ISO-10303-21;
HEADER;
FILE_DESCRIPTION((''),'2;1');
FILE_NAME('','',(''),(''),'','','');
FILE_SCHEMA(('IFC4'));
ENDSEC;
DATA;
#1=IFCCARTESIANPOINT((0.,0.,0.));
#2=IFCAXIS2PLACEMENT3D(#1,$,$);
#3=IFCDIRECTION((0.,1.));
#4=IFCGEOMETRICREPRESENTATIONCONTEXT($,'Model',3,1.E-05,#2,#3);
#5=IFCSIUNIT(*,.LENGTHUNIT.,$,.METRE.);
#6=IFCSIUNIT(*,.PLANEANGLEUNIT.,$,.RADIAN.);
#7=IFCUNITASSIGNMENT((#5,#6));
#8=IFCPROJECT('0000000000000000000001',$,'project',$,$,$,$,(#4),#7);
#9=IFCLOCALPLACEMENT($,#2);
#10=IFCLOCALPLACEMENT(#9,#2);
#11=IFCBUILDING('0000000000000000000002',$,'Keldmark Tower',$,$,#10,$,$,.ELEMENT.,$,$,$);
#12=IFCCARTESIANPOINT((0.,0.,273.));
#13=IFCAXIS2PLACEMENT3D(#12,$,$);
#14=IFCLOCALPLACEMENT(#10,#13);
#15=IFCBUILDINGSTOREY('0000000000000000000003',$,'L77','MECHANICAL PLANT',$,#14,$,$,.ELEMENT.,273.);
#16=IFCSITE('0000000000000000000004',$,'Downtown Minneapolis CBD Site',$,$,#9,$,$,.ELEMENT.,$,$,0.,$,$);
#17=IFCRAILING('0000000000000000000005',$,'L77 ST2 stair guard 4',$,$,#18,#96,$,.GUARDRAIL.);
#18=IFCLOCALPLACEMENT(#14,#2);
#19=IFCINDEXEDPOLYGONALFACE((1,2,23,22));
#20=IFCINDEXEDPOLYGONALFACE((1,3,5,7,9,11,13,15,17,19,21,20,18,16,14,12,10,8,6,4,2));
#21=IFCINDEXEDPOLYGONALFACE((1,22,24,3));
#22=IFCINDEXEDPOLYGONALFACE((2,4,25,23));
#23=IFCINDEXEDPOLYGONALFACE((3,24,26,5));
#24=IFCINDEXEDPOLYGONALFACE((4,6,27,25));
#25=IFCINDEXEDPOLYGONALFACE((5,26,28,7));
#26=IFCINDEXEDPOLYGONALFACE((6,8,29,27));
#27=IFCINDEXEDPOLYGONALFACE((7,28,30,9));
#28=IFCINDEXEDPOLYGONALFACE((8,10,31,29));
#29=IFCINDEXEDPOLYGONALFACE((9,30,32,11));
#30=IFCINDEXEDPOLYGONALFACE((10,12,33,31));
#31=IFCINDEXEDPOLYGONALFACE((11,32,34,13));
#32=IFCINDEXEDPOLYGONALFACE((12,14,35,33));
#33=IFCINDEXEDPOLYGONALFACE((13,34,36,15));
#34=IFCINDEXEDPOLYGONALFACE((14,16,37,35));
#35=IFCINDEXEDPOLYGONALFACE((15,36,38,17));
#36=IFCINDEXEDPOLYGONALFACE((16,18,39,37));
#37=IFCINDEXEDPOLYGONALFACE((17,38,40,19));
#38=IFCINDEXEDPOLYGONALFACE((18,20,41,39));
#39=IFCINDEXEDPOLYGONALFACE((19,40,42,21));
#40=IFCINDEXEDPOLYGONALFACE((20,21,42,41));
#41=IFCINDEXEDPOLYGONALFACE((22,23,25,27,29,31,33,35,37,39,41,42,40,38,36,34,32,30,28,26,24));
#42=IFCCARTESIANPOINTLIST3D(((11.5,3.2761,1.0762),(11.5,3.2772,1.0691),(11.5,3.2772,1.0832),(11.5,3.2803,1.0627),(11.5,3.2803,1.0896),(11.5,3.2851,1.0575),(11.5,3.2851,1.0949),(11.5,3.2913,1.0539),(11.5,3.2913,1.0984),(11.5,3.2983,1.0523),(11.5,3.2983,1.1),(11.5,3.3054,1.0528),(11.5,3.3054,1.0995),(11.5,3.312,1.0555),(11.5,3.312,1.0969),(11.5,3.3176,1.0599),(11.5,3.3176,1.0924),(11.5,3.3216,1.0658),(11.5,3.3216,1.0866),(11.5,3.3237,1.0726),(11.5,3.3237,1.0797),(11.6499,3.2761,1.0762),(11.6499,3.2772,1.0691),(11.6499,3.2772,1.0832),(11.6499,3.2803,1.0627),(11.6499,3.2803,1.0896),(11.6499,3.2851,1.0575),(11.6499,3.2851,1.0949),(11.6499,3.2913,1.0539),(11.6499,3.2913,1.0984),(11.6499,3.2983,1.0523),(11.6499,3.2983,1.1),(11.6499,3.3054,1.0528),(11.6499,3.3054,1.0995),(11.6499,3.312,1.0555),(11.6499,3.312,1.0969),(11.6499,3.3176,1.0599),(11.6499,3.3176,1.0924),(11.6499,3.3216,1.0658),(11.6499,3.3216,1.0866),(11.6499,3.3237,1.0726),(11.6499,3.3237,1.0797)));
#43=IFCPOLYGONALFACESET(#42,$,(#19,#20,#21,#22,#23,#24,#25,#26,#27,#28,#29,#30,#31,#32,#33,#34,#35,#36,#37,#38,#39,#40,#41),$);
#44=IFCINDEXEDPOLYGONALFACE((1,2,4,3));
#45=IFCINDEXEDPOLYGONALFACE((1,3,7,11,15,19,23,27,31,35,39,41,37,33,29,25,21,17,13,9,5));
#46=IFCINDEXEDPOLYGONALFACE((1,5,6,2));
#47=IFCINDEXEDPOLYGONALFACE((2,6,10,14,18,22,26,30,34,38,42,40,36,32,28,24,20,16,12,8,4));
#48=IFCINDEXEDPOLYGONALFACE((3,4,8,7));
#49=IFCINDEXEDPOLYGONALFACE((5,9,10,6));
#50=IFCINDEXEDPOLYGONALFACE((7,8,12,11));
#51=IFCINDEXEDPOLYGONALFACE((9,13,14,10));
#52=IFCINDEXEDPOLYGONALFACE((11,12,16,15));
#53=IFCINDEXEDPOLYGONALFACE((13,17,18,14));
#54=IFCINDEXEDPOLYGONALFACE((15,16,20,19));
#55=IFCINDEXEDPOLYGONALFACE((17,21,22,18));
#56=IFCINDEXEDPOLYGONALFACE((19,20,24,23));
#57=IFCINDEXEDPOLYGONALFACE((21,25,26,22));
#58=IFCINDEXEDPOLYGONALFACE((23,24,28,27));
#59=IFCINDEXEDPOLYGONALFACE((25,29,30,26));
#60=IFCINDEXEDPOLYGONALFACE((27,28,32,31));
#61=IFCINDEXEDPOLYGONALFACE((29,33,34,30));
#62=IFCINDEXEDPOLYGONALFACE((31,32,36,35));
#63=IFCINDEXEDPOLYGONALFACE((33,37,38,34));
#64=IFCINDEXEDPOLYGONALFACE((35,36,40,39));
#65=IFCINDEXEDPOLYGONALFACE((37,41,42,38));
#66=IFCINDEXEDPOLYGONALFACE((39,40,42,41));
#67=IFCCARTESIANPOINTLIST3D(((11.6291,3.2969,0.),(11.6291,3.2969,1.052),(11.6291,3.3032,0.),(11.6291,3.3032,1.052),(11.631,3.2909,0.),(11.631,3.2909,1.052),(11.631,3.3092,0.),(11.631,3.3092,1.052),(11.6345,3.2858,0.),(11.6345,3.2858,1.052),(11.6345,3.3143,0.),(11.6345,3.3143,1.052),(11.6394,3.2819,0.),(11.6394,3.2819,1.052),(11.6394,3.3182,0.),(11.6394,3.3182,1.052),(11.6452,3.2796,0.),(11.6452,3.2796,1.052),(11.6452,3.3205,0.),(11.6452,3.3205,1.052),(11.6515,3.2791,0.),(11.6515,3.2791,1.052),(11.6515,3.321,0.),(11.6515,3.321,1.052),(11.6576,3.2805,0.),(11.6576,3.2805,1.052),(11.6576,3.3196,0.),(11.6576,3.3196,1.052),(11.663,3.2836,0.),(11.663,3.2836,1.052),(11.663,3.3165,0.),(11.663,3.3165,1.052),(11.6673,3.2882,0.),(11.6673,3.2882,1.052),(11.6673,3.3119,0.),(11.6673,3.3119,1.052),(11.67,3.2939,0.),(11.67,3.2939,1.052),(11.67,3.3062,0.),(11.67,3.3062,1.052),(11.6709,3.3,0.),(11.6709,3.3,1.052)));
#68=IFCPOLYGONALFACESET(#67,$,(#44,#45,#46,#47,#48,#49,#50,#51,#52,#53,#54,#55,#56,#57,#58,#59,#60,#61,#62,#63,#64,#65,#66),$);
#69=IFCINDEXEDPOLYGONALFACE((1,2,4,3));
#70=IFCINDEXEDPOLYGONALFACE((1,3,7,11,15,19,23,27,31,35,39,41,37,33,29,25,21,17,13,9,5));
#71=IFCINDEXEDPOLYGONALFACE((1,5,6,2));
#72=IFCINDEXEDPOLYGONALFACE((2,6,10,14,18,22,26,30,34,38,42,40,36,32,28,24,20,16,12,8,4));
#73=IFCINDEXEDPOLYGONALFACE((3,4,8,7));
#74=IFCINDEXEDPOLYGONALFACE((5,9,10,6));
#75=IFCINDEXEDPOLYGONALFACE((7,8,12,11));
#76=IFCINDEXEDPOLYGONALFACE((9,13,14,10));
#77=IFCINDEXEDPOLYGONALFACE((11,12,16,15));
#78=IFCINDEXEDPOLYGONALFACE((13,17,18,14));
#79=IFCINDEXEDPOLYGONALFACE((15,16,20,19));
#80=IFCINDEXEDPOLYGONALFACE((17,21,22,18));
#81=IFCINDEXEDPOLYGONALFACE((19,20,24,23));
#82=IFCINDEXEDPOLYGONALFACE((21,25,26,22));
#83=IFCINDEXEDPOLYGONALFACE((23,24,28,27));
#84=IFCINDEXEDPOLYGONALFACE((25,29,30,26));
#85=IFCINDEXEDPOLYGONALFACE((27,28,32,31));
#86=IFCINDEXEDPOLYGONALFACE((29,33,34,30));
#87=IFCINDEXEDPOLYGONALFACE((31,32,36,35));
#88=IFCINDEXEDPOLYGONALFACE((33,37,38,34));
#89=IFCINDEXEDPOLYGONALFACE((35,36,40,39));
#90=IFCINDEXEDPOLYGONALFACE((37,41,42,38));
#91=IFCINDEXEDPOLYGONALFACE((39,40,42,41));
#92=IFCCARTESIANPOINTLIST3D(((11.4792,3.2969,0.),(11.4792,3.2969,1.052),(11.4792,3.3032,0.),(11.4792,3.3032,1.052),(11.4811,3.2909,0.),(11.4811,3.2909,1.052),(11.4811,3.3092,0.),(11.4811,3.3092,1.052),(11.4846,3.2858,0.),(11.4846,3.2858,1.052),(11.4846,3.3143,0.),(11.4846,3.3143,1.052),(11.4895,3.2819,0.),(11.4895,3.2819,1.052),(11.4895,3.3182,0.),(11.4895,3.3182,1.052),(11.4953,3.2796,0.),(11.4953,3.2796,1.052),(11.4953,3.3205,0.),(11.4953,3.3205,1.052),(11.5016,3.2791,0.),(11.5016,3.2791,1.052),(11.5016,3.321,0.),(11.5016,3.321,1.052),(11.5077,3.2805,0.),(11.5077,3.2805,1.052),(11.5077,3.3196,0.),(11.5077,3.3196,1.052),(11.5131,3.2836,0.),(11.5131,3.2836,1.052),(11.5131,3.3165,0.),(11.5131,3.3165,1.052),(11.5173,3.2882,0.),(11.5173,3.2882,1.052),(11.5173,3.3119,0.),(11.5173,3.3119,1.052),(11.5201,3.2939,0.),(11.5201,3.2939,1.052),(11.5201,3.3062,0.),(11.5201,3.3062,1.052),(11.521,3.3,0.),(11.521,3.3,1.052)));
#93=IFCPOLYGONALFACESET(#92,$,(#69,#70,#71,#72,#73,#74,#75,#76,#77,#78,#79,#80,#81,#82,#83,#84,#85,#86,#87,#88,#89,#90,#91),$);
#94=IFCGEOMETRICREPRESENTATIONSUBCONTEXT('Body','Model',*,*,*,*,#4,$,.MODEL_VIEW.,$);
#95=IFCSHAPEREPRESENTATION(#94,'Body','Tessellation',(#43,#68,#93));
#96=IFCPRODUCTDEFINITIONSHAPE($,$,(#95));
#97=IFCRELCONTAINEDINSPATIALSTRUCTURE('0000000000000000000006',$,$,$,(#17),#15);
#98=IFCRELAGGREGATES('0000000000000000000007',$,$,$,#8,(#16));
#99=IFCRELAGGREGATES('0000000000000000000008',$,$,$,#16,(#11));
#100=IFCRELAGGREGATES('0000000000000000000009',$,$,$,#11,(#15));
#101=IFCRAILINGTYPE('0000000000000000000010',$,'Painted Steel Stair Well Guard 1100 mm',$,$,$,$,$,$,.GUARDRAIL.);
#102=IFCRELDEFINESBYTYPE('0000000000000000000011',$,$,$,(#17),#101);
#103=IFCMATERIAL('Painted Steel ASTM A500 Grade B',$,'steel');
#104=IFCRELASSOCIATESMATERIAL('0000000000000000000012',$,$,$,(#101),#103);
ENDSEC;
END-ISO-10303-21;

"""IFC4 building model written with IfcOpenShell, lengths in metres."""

from ifc_helpers import new_model, si_unit, direction, frame, origin, origin_2d, place, context, subcontext, project, spatial, circle, extrude, material, type_object, element, save


model = new_model("IFC4")

# Units and contexts
model_context = context("Model", 3, precision=1e-05, world=origin(), true_north=direction((0.0, 1.0)))
body_context = subcontext(model_context, "Body", "Model", "MODEL_VIEW")
ifc_project = project(units=[si_unit("LENGTHUNIT", "METRE"), si_unit("PLANEANGLEUNIT", "RADIAN")], contexts=[model_context])

# Site, building, storey
site_placement = place(None, origin())
site = spatial("IfcSite", under=ifc_project, at=site_placement, Name="Downtown Minneapolis CBD Site", CompositionType="ELEMENT", RefElevation=0.0)
building_placement = place(site_placement, origin())
building = spatial("IfcBuilding", under=site, at=building_placement, Name="Keldmark Tower", CompositionType="ELEMENT")
storey_placement = place(building_placement, frame((0.0, 0.0, 273.0)))
storey = spatial("IfcBuildingStorey", under=building, at=storey_placement, Name="L77", Description="MECHANICAL PLANT", CompositionType="ELEMENT", Elevation=273.0)

# Railing
ifc_material_1 = material(Name="Painted Steel ASTM A500 Grade B", Category="steel")
railing_type = type_object("IfcRailingType", Name="Painted Steel Stair Well Guard 1100 mm", PredefinedType="GUARDRAIL", material=ifc_material_1)
railing_placement = place(storey_placement, frame((11.6499, 3.3, 0.0)))
element("IfcRailing", 1, at=railing_placement, inside=storey, type_object=railing_type, Name="L77 ST2 stair guard 4", PredefinedType="GUARDRAIL", context=body_context, shape_type="SweptSolid", body=[
    extrude(circle(Radius=0.0239, at=origin_2d()), frame((0.0, 0.0, 1.0762), z_axis=(-1.0, 0.0, 0.0), x_axis=(0.0, -1.0, 0.0)), (0.0, 0.0, 1.0), 0.1499),
    extrude(circle(Radius=0.021, at=origin_2d()), origin(), (0.0, 0.0, 1.0), 1.052),
    extrude(circle(Radius=0.021, at=origin_2d()), frame((-0.1499, 0.0, 0.0)), (0.0, 0.0, 1.0), 1.052),
])

save(model, "model.ifc")
